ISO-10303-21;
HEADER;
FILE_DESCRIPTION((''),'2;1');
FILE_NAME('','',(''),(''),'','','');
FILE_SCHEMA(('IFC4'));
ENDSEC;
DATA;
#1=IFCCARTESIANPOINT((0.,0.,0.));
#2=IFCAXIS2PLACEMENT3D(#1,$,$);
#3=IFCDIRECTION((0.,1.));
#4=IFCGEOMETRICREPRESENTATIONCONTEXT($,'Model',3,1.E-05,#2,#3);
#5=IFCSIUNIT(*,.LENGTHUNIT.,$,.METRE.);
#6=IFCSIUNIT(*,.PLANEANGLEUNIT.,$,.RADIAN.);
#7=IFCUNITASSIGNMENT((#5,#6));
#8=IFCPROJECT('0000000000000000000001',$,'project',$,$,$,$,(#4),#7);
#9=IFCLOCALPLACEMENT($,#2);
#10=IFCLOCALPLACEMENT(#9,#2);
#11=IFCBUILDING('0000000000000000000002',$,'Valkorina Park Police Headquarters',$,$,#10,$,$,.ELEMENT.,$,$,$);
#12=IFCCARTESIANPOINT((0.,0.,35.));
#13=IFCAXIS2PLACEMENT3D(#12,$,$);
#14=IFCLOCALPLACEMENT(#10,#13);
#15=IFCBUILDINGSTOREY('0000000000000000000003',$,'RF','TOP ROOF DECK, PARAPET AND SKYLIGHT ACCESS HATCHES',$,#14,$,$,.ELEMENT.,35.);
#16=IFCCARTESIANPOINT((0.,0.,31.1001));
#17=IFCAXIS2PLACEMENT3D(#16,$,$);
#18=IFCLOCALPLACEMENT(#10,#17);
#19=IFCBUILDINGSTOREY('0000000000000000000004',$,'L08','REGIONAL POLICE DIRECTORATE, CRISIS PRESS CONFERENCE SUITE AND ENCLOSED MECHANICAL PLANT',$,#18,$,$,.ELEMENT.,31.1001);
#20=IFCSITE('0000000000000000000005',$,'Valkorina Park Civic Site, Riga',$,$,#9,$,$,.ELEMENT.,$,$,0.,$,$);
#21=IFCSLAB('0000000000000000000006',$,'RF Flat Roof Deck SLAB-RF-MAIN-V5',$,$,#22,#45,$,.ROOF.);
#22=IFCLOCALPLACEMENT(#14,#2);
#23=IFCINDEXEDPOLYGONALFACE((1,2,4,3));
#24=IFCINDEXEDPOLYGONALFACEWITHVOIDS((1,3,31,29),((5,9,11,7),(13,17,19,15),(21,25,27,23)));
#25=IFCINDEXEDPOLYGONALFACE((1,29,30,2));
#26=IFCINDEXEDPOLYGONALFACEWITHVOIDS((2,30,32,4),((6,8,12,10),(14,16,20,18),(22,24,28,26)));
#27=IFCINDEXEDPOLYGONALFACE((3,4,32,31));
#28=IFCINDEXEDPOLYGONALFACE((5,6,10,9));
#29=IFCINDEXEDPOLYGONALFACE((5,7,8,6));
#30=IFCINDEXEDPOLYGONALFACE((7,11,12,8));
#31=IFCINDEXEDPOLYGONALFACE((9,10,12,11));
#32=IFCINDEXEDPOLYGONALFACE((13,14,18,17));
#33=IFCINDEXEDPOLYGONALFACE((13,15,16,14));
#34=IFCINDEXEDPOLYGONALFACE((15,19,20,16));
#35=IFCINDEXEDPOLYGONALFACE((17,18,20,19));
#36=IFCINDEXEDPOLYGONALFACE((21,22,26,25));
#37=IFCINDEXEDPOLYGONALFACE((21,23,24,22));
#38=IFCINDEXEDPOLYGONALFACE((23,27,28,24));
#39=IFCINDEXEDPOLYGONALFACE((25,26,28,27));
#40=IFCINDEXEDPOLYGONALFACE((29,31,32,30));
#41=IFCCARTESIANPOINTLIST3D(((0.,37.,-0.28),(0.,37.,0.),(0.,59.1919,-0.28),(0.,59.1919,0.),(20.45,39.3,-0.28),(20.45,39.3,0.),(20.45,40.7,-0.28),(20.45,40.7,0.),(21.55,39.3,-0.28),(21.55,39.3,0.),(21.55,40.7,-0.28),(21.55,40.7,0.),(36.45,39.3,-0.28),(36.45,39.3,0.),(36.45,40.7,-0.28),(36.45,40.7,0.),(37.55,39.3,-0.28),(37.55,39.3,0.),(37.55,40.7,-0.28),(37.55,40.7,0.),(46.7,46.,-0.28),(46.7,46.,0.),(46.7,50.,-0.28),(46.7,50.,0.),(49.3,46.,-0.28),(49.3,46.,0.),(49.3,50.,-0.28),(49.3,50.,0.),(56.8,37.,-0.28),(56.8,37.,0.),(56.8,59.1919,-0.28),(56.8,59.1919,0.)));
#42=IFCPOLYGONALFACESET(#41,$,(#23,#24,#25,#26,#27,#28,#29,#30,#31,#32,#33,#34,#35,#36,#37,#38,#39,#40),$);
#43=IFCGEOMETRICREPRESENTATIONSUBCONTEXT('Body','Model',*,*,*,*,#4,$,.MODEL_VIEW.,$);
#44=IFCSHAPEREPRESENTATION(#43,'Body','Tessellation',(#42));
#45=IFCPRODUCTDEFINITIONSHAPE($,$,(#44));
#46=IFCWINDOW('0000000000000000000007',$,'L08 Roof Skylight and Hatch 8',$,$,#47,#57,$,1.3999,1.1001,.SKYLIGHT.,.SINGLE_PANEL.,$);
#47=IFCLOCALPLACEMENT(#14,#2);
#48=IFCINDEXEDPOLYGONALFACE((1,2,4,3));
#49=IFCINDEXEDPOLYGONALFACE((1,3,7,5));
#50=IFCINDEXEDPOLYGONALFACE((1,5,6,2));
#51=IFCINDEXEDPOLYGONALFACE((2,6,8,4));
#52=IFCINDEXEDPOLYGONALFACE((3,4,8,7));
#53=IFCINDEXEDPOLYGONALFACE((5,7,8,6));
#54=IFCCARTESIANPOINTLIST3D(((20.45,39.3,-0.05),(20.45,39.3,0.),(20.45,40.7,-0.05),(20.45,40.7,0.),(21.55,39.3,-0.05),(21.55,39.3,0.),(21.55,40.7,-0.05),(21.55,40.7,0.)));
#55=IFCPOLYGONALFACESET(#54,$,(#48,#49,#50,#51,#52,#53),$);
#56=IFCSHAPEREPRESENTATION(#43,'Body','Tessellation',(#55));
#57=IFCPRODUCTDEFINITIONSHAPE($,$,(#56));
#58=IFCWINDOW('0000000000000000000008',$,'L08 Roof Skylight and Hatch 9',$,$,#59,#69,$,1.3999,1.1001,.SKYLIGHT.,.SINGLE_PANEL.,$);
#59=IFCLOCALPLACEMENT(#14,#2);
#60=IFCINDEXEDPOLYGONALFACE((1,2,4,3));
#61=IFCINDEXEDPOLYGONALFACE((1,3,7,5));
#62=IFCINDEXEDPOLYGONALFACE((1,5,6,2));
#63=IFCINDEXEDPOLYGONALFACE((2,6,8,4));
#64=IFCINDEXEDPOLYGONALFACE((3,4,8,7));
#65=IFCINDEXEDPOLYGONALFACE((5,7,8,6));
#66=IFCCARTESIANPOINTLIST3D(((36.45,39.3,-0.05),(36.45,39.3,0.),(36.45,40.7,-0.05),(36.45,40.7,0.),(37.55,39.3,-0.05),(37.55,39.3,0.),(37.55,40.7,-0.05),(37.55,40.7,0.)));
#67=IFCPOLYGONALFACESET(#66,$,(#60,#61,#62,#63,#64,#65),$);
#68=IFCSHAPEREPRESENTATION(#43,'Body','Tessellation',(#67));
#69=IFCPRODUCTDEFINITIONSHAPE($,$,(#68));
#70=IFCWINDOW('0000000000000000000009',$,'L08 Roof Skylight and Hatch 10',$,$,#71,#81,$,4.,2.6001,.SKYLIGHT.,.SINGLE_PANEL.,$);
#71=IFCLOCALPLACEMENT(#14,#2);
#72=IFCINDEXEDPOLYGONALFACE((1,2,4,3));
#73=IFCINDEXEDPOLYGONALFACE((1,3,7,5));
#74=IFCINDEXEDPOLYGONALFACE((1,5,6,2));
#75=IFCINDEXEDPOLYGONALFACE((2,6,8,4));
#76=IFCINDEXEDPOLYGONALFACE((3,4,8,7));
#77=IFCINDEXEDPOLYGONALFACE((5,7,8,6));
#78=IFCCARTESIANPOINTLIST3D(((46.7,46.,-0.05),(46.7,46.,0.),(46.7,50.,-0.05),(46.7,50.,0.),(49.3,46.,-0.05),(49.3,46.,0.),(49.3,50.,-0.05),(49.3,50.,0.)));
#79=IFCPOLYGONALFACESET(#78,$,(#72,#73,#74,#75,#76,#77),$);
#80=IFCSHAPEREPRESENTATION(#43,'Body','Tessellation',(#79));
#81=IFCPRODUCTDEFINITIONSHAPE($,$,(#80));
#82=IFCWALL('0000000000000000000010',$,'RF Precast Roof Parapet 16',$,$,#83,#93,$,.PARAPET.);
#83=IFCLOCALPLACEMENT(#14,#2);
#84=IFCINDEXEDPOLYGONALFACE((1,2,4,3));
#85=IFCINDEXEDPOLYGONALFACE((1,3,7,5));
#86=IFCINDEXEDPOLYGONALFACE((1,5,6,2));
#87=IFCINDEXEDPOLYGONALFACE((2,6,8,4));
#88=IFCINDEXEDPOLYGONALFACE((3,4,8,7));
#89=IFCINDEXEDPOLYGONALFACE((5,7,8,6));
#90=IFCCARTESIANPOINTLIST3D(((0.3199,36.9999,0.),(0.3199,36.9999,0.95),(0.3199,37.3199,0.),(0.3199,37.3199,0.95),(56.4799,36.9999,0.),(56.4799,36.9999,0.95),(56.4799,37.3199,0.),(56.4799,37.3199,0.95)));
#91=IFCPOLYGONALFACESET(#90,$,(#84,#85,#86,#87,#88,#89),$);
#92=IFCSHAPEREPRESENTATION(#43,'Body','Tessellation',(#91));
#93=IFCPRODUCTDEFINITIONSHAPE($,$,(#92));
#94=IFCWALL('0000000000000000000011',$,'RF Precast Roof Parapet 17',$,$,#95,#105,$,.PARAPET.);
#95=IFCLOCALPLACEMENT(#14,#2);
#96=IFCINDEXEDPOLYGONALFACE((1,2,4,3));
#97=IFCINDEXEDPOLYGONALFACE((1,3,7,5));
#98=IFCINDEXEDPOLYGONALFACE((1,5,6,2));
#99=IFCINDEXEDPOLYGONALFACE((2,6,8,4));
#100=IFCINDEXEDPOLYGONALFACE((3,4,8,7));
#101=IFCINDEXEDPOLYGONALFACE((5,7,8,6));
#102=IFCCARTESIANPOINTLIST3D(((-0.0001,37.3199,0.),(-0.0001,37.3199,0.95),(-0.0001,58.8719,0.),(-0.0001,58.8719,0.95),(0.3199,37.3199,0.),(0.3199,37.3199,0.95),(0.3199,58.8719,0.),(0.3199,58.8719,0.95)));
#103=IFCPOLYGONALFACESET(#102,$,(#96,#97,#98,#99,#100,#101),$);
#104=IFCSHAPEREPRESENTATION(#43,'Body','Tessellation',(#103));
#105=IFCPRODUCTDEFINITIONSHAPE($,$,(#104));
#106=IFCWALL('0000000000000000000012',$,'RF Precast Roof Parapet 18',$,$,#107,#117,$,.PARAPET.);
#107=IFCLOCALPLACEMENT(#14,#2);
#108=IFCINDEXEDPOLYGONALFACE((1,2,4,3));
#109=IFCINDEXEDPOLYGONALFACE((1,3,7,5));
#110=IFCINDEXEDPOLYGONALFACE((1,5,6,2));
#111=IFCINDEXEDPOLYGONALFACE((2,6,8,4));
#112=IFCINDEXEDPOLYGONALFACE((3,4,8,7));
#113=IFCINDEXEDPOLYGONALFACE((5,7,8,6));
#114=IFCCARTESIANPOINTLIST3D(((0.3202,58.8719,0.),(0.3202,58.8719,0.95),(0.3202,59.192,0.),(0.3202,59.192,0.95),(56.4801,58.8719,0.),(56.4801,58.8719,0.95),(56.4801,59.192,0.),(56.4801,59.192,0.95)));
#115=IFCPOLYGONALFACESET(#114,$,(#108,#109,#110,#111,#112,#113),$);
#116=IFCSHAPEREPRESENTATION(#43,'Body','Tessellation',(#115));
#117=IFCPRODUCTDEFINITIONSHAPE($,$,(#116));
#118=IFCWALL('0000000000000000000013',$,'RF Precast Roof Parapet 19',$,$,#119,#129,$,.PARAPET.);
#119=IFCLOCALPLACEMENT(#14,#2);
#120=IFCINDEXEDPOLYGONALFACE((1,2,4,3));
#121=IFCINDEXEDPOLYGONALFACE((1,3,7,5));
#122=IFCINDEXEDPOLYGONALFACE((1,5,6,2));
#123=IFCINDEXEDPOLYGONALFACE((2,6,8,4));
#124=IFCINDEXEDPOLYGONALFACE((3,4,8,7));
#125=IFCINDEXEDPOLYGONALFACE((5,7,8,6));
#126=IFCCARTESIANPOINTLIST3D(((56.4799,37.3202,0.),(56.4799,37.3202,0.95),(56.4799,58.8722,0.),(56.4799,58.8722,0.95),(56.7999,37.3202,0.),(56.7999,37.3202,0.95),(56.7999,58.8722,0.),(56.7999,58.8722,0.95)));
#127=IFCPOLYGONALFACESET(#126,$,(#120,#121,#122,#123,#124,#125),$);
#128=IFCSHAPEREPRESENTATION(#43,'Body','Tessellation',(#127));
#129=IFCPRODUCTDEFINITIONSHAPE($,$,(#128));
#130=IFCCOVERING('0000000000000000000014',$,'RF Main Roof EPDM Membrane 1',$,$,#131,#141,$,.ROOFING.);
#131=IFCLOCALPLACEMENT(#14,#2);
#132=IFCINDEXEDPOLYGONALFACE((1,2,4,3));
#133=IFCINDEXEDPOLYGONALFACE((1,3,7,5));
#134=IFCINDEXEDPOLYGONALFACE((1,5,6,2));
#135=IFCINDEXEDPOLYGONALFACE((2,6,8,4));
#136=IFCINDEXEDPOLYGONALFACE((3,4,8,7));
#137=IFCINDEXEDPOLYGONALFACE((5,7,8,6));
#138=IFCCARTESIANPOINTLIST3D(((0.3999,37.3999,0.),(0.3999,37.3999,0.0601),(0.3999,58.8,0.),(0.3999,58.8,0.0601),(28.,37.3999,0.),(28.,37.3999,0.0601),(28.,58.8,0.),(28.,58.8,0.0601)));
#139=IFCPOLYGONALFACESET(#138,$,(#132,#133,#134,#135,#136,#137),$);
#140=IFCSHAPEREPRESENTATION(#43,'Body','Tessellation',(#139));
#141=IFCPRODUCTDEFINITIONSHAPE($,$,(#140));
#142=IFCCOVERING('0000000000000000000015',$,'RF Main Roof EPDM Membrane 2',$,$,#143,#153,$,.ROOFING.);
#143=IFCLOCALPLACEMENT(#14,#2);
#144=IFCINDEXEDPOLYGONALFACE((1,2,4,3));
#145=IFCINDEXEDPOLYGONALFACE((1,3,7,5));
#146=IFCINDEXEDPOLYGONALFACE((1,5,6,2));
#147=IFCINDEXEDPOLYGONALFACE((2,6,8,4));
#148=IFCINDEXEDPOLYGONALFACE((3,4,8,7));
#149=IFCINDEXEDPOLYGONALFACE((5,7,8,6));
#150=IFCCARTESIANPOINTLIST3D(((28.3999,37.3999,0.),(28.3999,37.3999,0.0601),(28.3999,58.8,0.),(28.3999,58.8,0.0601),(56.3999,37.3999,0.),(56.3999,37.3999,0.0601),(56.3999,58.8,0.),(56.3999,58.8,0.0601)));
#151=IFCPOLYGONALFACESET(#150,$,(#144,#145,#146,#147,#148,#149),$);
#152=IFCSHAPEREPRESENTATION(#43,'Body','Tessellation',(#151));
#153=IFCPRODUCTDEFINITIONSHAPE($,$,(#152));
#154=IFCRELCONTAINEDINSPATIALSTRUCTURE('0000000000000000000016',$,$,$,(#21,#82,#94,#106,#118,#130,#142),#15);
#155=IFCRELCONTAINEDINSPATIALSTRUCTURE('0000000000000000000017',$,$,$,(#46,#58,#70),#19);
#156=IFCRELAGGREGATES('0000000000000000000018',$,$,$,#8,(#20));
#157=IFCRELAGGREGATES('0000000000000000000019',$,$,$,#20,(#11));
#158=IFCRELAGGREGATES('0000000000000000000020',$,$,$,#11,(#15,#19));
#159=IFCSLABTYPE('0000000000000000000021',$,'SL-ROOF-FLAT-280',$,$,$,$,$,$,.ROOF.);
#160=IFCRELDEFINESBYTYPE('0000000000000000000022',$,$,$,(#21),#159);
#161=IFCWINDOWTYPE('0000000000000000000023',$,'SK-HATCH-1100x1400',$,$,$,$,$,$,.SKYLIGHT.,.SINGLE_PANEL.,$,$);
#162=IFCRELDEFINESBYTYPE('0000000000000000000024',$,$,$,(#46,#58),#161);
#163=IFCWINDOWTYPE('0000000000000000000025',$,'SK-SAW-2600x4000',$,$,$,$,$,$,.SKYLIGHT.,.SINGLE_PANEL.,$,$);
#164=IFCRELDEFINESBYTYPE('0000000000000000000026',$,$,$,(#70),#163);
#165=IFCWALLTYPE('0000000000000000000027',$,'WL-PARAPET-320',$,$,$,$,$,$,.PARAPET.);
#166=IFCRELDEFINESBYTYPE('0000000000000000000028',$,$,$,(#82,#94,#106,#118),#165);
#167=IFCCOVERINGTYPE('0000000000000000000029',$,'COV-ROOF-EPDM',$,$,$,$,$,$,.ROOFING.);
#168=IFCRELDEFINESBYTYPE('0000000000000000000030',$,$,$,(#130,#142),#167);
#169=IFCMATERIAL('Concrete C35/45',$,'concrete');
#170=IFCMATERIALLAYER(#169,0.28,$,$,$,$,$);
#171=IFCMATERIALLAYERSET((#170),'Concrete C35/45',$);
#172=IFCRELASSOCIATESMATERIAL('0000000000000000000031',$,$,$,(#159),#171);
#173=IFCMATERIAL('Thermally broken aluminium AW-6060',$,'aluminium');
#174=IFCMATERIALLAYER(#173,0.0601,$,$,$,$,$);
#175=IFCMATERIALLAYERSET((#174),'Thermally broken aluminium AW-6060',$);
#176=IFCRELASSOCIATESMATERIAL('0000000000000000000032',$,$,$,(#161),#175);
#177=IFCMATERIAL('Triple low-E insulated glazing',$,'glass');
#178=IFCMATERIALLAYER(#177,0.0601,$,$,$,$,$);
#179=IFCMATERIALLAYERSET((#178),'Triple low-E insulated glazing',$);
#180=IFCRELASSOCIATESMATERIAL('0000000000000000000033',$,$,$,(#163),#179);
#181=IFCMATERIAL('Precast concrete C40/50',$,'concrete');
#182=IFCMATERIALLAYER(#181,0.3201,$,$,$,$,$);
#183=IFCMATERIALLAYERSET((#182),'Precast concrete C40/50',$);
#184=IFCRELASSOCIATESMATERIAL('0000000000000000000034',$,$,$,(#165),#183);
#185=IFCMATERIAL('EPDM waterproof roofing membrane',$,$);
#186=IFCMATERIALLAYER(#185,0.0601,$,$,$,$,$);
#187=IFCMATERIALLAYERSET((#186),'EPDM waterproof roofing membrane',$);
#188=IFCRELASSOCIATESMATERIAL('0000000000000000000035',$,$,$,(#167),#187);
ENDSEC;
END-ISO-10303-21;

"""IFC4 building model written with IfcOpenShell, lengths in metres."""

from ifc_helpers import new_model, si_unit, direction, frame, frame_2d, origin, origin_2d, place, context, subcontext, project, spatial, polyline, rectangle, outline, extrude, material, layer, layer_set, type_object, element, fill, save


model = new_model("IFC4")

# Units and contexts
model_context = context("Model", 3, precision=1e-05, world=origin(), true_north=direction((0.0, 1.0)))
body_context = subcontext(model_context, "Body", "Model", "MODEL_VIEW")
ifc_project = project(units=[si_unit("LENGTHUNIT", "METRE"), si_unit("PLANEANGLEUNIT", "RADIAN")], contexts=[model_context])

# Site, building, storey
site_placement = place(None, origin())
site = spatial("IfcSite", under=ifc_project, at=site_placement, Name="Valkorina Park Civic Site, Riga", CompositionType="ELEMENT", RefElevation=0.0)
building_placement = place(site_placement, origin())
building = spatial("IfcBuilding", under=site, at=building_placement, Name="Valkorina Park Police Headquarters", CompositionType="ELEMENT")
storey_1_placement = place(building_placement, frame((0.0, 0.0, 35.0)))
storey_1 = spatial("IfcBuildingStorey", under=building, at=storey_1_placement, Name="RF", Description="TOP ROOF DECK, PARAPET AND SKYLIGHT ACCESS HATCHES", CompositionType="ELEMENT", Elevation=35.0)

# Slab, openings
ifc_material_1 = material(Name="Concrete C35/45", Category="concrete")
ifc_layer_1 = layer(ifc_material_1, 0.28)
ifc_layer_set_1 = layer_set([ifc_layer_1], Name="Concrete C35/45")
slab_type = type_object("IfcSlabType", Name="SL-ROOF-FLAT-280", PredefinedType="ROOF", material=ifc_layer_set_1)
slab_placement = place(storey_1_placement, frame((0.0, 0.0, -0.28)))
slab = element("IfcSlab", 1, at=slab_placement, inside=storey_1, type_object=slab_type, Name="RF Flat Roof Deck SLAB-RF-MAIN-V5", PredefinedType="ROOF", context=body_context, shape_type="SweptSolid", body=[
    extrude(outline(polyline([(56.8, 59.1919), (0.0, 59.1919), (0.0, 37.0), (56.8, 37.0), (56.8, 59.1919)])), origin(), (0.0, 0.0, 1.0), 0.28),
])
opening_1_placement = place(slab_placement, frame((21.0, 40.0, -0.01)))
opening_1 = element("IfcOpeningElement", 2, at=opening_1_placement, cuts=slab, PredefinedType="OPENING", context=body_context, shape_type="SweptSolid", body=[
    extrude(rectangle(XDim=1.1001, YDim=1.3999, at=origin_2d()), origin(), (0.0, 0.0, 1.0), 0.3),
])
opening_2_placement = place(slab_placement, frame((37.0, 40.0, -0.01)))
opening_2 = element("IfcOpeningElement", 3, at=opening_2_placement, cuts=slab, PredefinedType="OPENING", context=body_context, shape_type="SweptSolid", body=[
    extrude(rectangle(XDim=1.1001, YDim=1.3999, at=origin_2d()), origin(), (0.0, 0.0, 1.0), 0.3),
])
opening_3_placement = place(slab_placement, frame((48.0, 48.0, -0.01)))
opening_3 = element("IfcOpeningElement", 4, at=opening_3_placement, cuts=slab, PredefinedType="OPENING", context=body_context, shape_type="SweptSolid", body=[
    extrude(rectangle(XDim=2.6001, YDim=4.0, at=origin_2d()), origin(), (0.0, 0.0, 1.0), 0.3),
])

# Shared definitions
storey_2_placement = place(building_placement, frame((0.0, 0.0, 31.1001)))
storey_2 = spatial("IfcBuildingStorey", under=building, at=storey_2_placement, Name="L08", Description="REGIONAL POLICE DIRECTORATE, CRISIS PRESS CONFERENCE SUITE AND ENCLOSED MECHANICAL PLANT", CompositionType="ELEMENT", Elevation=31.1001)

# Windows
ifc_material_2 = material(Name="Thermally broken aluminium AW-6060", Category="aluminium")
ifc_layer_2 = layer(ifc_material_2, 0.0601)
ifc_layer_set_2 = layer_set([ifc_layer_2], Name="Thermally broken aluminium AW-6060")
window_type_1 = type_object("IfcWindowType", Name="SK-HATCH-1100x1400", PartitioningType="SINGLE_PANEL", PredefinedType="SKYLIGHT", material=ifc_layer_set_2)
window_1_placement = place(slab_placement, frame((21.0, 40.0, 0.23)))
window_1 = element("IfcWindow", 5, at=window_1_placement, inside=storey_2, type_object=window_type_1, Name="L08 Roof Skylight and Hatch 8", OverallHeight=1.3999, OverallWidth=1.1001, PartitioningType="SINGLE_PANEL", PredefinedType="SKYLIGHT", context=body_context, shape_type="SweptSolid", body=[
    extrude(rectangle(XDim=1.1001, YDim=1.3999, at=origin_2d()), origin(), (0.0, 0.0, 1.0), 0.05),
])
fill(opening_1, window_1)
window_2_placement = place(slab_placement, frame((37.0, 40.0, 0.23)))
window_2 = element("IfcWindow", 6, at=window_2_placement, inside=storey_2, type_object=window_type_1, Name="L08 Roof Skylight and Hatch 9", OverallHeight=1.3999, OverallWidth=1.1001, PartitioningType="SINGLE_PANEL", PredefinedType="SKYLIGHT", context=body_context, shape_type="SweptSolid", body=[
    extrude(rectangle(XDim=1.1001, YDim=1.3999, at=origin_2d()), origin(), (0.0, 0.0, 1.0), 0.05),
])
fill(opening_2, window_2)
ifc_material_3 = material(Name="Triple low-E insulated glazing", Category="glass")
ifc_layer_3 = layer(ifc_material_3, 0.0601)
ifc_layer_set_3 = layer_set([ifc_layer_3], Name="Triple low-E insulated glazing")
window_type_2 = type_object("IfcWindowType", Name="SK-SAW-2600x4000", PartitioningType="SINGLE_PANEL", PredefinedType="SKYLIGHT", material=ifc_layer_set_3)
window_3_placement = place(slab_placement, frame((48.0, 48.0, 0.23)))
window_3 = element("IfcWindow", 7, at=window_3_placement, inside=storey_2, type_object=window_type_2, Name="L08 Roof Skylight and Hatch 10", OverallHeight=4.0, OverallWidth=2.6001, PartitioningType="SINGLE_PANEL", PredefinedType="SKYLIGHT", context=body_context, shape_type="SweptSolid", body=[
    extrude(rectangle(XDim=2.6001, YDim=4.0, at=origin_2d()), origin(), (0.0, 0.0, 1.0), 0.05),
])
fill(opening_3, window_3)

# Walls
ifc_material_4 = material(Name="Precast concrete C40/50", Category="concrete")
ifc_layer_4 = layer(ifc_material_4, 0.3201)
ifc_layer_set_4 = layer_set([ifc_layer_4], Name="Precast concrete C40/50")
wall_type = type_object("IfcWallType", Name="WL-PARAPET-320", PredefinedType="PARAPET", material=ifc_layer_set_4)
wall_1_placement = place(storey_1_placement, frame((56.48, 37.1599, 0.0), z_axis=(0.0, 0.0, 1.0), x_axis=(-1.0, 0.0, 0.0)))
element("IfcWall", 8, at=wall_1_placement, inside=storey_1, type_object=wall_type, Name="RF Precast Roof Parapet 16", PredefinedType="PARAPET", context=body_context, shape_type="SweptSolid", body=[
    extrude(rectangle(XDim=56.1599, YDim=0.3201, at=frame_2d((28.0801, 0.0))), origin(), (0.0, 0.0, 1.0), 0.95),
])
wall_2_placement = place(storey_1_placement, frame((0.1599, 37.3201, 0.0), z_axis=(0.0, 0.0, 1.0), x_axis=(0.0, 1.0, 0.0)))
element("IfcWall", 9, at=wall_2_placement, inside=storey_1, type_object=wall_type, Name="RF Precast Roof Parapet 17", PredefinedType="PARAPET", context=body_context, shape_type="SweptSolid", body=[
    extrude(rectangle(XDim=21.552, YDim=0.3201, at=frame_2d((10.7759, 0.0))), origin(), (0.0, 0.0, 1.0), 0.95),
])
wall_3_placement = place(storey_1_placement, frame((0.3201, 59.032, 0.0), z_axis=(0.0, 0.0, 1.0), x_axis=(1.0, 0.0, 0.0)))
element("IfcWall", 10, at=wall_3_placement, inside=storey_1, type_object=wall_type, Name="RF Precast Roof Parapet 18", PredefinedType="PARAPET", context=body_context, shape_type="SweptSolid", body=[
    extrude(rectangle(XDim=56.1599, YDim=0.3201, at=frame_2d((28.0801, 0.0))), origin(), (0.0, 0.0, 1.0), 0.95),
])
wall_4_placement = place(storey_1_placement, frame((56.6399, 58.8721, 0.0), z_axis=(0.0, 0.0, 1.0), x_axis=(0.0, -1.0, 0.0)))
element("IfcWall", 11, at=wall_4_placement, inside=storey_1, type_object=wall_type, Name="RF Precast Roof Parapet 19", PredefinedType="PARAPET", context=body_context, shape_type="SweptSolid", body=[
    extrude(rectangle(XDim=21.552, YDim=0.3201, at=frame_2d((10.7759, 0.0))), origin(), (0.0, 0.0, 1.0), 0.95),
])

# Coverings
ifc_material_5 = material(Name="EPDM waterproof roofing membrane")
ifc_layer_5 = layer(ifc_material_5, 0.0601)
ifc_layer_set_5 = layer_set([ifc_layer_5], Name="EPDM waterproof roofing membrane")
covering_type = type_object("IfcCoveringType", Name="COV-ROOF-EPDM", PredefinedType="ROOFING", material=ifc_layer_set_5)
covering_1_placement = place(storey_1_placement, origin())
element("IfcCovering", 12, at=covering_1_placement, inside=storey_1, type_object=covering_type, Name="RF Main Roof EPDM Membrane 1", PredefinedType="ROOFING", context=body_context, shape_type="SweptSolid", body=[
    extrude(outline(polyline([(28.0, 37.3999), (28.0, 58.8), (0.3999, 58.8), (0.3999, 37.3999), (28.0, 37.3999)])), origin(), (0.0, 0.0, 1.0), 0.0601),
])
covering_2_placement = place(storey_1_placement, origin())
element("IfcCovering", 13, at=covering_2_placement, inside=storey_1, type_object=covering_type, Name="RF Main Roof EPDM Membrane 2", PredefinedType="ROOFING", context=body_context, shape_type="SweptSolid", body=[
    extrude(outline(polyline([(56.3999, 37.3999), (56.3999, 58.8), (28.3999, 58.8), (28.3999, 37.3999), (56.3999, 37.3999)])), origin(), (0.0, 0.0, 1.0), 0.0601),
])

save(model, "model.ifc")
